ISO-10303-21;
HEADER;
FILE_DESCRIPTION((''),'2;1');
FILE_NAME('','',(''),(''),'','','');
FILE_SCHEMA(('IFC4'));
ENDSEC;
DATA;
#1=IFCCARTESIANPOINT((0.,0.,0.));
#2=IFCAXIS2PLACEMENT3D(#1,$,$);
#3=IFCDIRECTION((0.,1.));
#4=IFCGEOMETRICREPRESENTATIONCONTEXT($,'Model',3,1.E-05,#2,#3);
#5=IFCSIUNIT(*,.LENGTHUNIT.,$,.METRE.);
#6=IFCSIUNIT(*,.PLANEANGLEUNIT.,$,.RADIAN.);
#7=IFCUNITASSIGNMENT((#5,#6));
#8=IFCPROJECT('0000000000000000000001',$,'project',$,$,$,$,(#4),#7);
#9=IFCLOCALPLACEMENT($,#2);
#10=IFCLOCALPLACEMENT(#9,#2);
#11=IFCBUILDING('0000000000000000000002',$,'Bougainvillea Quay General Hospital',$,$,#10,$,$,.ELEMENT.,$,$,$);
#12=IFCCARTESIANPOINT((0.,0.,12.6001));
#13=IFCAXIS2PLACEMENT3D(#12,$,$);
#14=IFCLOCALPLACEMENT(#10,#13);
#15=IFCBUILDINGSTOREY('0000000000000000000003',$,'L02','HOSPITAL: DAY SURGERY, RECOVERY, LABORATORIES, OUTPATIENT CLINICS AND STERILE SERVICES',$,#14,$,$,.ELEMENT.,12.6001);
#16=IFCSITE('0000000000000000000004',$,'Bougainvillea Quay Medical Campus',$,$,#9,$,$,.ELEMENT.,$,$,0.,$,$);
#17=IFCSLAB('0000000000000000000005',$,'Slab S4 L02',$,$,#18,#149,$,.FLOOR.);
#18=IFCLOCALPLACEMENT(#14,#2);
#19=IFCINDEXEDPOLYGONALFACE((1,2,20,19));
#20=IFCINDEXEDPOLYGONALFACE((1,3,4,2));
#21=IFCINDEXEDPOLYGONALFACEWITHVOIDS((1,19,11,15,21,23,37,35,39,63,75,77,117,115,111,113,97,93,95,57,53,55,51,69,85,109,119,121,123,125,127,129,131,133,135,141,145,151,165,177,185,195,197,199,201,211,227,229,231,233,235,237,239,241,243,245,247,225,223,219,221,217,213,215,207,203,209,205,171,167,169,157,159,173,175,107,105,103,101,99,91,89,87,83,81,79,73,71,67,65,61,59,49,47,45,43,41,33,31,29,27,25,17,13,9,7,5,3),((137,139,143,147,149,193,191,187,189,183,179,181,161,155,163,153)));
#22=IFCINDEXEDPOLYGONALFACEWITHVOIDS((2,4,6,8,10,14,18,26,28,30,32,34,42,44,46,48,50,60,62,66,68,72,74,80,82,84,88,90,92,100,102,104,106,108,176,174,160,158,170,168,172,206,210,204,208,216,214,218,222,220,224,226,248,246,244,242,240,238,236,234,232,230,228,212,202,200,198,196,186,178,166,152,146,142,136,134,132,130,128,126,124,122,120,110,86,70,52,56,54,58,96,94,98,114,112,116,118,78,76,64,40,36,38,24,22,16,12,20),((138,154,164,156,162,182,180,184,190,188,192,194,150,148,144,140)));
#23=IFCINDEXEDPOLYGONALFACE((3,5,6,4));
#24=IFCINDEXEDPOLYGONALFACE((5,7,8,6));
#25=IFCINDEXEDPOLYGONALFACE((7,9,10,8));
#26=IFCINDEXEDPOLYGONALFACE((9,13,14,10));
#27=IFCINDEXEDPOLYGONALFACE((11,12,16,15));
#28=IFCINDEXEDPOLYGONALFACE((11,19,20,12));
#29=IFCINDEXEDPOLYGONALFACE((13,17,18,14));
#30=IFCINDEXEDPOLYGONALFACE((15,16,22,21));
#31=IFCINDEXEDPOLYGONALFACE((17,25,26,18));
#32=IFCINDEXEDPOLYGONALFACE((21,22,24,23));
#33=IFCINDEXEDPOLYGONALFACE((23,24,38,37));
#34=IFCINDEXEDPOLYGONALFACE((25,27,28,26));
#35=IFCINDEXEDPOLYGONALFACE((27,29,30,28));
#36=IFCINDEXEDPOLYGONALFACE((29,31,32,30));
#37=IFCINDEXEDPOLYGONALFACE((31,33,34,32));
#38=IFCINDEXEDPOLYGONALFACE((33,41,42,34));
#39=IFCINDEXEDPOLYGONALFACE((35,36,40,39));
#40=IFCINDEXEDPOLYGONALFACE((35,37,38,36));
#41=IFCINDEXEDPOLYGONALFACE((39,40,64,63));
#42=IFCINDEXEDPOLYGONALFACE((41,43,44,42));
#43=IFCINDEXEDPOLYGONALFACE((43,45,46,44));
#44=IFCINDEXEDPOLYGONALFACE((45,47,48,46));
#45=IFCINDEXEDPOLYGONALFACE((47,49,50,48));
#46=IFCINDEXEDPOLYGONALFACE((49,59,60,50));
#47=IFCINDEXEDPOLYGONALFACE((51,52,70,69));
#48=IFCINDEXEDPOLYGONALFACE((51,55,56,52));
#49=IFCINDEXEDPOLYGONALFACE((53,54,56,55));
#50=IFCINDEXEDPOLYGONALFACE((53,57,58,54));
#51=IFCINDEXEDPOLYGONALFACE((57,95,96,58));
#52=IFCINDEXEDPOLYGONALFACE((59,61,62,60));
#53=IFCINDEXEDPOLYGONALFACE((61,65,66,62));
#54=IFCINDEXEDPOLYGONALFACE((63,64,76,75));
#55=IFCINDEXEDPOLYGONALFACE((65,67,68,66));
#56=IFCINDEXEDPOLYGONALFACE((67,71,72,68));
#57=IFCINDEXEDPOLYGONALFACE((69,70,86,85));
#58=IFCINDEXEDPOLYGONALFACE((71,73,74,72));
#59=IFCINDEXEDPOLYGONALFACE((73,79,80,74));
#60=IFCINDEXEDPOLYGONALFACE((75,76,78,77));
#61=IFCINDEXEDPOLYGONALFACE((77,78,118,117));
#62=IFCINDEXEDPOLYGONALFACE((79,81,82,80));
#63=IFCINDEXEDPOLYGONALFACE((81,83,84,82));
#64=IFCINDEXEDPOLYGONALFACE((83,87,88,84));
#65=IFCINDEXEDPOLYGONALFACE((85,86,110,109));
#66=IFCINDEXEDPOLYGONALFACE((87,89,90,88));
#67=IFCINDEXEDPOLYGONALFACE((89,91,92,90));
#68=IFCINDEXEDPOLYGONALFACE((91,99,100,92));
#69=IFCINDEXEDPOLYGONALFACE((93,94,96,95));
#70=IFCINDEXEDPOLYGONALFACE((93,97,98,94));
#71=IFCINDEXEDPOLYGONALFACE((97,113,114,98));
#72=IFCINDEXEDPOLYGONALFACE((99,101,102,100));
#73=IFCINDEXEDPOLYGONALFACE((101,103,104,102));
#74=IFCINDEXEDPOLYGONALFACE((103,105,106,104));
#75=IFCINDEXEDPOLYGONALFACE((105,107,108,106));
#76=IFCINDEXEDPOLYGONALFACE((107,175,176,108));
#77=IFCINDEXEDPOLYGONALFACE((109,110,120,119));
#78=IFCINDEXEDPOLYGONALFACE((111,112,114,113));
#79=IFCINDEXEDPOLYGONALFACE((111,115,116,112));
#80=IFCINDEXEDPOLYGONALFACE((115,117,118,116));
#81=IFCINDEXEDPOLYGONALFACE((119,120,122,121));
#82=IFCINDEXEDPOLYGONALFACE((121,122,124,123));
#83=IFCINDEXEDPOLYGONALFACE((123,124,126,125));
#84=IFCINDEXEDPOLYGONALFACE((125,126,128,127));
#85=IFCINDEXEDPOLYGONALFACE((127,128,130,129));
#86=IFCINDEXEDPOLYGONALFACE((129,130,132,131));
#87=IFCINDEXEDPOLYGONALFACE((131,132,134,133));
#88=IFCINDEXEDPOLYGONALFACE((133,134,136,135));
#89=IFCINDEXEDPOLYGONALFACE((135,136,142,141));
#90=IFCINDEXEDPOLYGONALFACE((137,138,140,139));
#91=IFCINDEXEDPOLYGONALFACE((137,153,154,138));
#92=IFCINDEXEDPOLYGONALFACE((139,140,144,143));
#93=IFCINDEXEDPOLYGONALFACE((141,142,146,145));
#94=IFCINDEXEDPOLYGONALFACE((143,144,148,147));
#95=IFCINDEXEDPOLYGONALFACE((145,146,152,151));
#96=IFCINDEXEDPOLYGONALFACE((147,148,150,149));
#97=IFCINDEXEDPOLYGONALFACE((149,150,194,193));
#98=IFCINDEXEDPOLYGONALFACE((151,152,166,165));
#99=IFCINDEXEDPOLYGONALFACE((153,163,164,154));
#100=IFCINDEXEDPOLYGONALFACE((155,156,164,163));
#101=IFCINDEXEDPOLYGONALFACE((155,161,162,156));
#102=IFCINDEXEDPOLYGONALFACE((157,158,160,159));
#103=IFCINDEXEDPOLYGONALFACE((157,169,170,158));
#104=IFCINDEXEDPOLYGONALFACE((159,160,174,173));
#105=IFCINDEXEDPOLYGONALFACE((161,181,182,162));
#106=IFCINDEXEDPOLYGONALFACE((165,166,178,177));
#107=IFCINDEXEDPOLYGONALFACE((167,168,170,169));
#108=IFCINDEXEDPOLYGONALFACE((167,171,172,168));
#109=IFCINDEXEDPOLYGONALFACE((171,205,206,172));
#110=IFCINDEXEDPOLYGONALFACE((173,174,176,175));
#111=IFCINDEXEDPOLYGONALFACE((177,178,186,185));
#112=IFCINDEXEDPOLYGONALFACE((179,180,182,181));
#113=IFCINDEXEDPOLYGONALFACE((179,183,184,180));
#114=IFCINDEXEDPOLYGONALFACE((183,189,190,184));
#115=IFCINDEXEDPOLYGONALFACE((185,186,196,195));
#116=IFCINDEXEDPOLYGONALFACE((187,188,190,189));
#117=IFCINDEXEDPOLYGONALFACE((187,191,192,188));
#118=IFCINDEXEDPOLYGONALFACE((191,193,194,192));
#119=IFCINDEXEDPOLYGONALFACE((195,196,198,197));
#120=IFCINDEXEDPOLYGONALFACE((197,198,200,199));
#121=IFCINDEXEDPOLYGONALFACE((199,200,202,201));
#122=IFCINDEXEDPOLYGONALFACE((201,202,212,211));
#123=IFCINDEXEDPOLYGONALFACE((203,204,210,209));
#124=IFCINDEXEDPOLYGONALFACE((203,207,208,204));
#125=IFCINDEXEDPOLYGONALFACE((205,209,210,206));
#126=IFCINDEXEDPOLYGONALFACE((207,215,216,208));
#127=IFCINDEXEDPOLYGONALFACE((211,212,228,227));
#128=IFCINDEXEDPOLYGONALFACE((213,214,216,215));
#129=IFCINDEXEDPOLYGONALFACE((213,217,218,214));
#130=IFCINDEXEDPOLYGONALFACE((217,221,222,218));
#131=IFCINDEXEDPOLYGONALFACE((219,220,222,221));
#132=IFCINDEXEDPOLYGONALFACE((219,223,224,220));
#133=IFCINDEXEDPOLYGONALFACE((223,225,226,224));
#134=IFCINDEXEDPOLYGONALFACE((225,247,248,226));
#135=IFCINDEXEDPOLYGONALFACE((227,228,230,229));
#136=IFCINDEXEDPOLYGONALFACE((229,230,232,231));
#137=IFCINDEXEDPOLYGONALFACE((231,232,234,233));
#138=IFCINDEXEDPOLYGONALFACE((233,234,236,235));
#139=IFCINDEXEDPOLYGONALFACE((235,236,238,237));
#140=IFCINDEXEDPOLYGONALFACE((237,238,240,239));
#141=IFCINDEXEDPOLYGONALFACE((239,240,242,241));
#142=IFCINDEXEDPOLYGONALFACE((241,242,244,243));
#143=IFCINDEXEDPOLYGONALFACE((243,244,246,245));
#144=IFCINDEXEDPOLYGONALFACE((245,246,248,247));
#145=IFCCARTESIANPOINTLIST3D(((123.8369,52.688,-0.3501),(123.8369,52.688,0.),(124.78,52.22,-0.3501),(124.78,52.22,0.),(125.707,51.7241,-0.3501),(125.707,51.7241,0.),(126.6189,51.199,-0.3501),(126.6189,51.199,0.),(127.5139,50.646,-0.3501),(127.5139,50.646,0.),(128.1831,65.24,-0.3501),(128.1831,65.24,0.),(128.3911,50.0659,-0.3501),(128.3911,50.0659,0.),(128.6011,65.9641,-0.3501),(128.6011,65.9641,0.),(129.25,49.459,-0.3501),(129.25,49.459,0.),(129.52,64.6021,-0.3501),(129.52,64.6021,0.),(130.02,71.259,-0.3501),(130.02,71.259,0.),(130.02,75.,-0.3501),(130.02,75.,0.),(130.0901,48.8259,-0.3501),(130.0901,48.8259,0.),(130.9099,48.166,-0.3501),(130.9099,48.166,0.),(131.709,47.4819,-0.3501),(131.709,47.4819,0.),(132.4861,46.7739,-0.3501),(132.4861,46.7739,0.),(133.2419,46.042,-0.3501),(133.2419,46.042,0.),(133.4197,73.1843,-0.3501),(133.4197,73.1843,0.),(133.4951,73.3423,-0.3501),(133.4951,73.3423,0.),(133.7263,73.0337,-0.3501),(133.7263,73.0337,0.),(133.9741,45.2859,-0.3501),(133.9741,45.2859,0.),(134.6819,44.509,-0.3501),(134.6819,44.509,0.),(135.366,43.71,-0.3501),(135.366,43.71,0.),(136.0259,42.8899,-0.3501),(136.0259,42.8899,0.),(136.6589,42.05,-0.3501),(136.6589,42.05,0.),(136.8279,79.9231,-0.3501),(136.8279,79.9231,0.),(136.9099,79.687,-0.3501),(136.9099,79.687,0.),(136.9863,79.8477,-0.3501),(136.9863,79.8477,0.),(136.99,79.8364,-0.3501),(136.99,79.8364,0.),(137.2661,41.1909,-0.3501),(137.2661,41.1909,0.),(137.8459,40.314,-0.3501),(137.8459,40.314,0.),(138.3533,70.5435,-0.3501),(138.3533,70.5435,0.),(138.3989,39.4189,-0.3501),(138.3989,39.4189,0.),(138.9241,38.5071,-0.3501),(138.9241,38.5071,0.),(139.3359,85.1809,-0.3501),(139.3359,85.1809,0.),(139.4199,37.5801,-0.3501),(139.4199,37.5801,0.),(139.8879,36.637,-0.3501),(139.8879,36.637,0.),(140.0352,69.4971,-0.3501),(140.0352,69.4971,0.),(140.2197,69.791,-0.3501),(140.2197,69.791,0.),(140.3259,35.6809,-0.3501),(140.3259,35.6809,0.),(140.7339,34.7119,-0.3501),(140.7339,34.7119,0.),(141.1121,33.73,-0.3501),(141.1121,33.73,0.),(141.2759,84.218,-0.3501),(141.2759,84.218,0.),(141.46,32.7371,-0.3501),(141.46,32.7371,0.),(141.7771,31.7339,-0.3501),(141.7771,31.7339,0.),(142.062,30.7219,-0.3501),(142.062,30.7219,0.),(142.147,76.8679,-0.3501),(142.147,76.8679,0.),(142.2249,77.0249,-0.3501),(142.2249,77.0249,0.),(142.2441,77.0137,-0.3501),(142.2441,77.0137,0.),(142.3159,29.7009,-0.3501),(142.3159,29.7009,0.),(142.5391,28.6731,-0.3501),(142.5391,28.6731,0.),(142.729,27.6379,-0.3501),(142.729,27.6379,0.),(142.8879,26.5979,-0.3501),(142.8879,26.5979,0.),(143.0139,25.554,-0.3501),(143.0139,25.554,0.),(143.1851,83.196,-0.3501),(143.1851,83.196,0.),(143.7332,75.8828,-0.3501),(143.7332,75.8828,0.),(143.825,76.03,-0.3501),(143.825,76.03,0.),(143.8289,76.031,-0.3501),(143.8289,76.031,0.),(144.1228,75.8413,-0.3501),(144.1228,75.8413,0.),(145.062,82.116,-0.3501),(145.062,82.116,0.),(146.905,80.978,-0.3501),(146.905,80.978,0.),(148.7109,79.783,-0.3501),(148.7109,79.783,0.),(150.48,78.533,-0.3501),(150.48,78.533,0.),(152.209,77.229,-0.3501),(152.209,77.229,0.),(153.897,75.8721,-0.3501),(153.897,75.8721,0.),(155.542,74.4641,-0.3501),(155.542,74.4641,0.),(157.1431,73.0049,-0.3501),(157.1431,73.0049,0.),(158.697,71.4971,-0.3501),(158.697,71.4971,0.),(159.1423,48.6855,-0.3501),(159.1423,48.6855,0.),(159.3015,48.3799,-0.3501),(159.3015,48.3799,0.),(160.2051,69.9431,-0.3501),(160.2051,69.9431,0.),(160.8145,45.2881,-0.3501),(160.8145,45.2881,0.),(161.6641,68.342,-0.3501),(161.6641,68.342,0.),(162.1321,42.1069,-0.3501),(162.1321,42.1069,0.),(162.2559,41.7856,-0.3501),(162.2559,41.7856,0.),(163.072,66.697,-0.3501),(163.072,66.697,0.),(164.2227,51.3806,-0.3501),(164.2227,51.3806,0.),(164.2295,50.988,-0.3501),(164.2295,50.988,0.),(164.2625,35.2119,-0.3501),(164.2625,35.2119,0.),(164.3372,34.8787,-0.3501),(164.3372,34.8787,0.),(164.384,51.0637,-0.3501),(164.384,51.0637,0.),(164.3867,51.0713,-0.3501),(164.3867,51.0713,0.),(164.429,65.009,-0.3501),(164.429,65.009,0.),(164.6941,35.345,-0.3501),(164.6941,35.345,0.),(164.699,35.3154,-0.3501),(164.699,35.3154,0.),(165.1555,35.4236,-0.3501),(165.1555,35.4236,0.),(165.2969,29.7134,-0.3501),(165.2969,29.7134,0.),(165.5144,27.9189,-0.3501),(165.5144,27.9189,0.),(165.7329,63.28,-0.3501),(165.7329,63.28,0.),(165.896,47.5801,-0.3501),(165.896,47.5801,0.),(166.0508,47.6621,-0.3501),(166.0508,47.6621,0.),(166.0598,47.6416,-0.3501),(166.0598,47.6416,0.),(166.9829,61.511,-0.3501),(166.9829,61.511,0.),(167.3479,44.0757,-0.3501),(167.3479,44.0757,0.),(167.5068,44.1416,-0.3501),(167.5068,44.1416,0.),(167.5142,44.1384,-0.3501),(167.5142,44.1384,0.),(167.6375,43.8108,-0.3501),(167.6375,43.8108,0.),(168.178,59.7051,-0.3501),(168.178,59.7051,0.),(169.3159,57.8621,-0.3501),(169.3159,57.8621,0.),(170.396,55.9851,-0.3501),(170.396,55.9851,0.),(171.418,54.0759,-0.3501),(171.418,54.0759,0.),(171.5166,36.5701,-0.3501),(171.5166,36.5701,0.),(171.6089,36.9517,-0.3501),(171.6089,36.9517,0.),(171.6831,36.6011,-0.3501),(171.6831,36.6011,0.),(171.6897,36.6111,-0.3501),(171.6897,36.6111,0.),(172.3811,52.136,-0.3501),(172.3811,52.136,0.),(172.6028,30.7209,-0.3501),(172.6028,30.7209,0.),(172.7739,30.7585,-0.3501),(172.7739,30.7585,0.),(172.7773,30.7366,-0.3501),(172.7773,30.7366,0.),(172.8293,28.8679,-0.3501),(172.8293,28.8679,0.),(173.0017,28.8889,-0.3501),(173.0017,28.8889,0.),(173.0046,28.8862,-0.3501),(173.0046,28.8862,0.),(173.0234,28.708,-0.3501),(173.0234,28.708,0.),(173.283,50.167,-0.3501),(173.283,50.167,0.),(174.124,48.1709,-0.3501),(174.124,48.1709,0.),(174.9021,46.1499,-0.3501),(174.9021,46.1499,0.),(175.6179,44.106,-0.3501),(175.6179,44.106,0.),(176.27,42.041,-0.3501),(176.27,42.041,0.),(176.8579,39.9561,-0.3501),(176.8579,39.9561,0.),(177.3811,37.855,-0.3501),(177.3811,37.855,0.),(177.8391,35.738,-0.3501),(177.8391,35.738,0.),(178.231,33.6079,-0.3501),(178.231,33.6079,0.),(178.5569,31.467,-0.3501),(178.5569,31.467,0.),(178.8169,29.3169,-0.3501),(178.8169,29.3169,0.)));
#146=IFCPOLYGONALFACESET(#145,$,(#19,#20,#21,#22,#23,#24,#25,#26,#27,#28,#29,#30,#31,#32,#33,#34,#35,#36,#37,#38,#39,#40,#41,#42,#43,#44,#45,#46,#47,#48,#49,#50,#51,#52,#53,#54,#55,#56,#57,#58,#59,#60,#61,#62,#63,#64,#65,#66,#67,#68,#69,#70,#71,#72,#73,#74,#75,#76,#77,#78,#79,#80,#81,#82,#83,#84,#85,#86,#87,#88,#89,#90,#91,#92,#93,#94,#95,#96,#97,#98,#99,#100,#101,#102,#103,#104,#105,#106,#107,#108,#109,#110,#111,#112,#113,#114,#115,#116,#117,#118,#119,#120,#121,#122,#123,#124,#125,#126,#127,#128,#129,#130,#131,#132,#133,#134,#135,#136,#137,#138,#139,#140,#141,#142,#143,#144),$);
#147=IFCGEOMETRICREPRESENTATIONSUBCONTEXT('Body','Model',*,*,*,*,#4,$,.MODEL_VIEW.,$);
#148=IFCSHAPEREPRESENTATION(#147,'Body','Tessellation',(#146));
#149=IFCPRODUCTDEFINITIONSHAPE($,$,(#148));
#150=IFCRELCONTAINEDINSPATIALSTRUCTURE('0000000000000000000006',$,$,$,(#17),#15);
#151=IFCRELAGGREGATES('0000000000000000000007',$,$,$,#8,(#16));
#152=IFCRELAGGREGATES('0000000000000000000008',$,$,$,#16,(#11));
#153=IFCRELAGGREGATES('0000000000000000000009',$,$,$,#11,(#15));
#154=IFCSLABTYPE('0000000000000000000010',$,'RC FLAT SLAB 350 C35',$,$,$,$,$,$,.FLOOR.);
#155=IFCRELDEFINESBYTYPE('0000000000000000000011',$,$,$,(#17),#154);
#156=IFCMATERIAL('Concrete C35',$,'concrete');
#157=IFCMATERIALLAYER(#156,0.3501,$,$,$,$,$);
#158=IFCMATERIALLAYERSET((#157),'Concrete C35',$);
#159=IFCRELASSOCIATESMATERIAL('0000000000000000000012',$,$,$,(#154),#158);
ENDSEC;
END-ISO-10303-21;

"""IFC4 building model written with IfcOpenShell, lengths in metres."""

from ifc_helpers import new_model, si_unit, direction, frame, origin, place, context, subcontext, project, spatial, polyline, outline, extrude, material, layer, layer_set, type_object, element, save


model = new_model("IFC4")

# Units and contexts
model_context = context("Model", 3, precision=1e-05, world=origin(), true_north=direction((0.0, 1.0)))
body_context = subcontext(model_context, "Body", "Model", "MODEL_VIEW")
ifc_project = project(units=[si_unit("LENGTHUNIT", "METRE"), si_unit("PLANEANGLEUNIT", "RADIAN")], contexts=[model_context])

# Site, building, storey
site_placement = place(None, origin())
site = spatial("IfcSite", under=ifc_project, at=site_placement, Name="Bougainvillea Quay Medical Campus", CompositionType="ELEMENT", RefElevation=0.0)
building_placement = place(site_placement, origin())
building = spatial("IfcBuilding", under=site, at=building_placement, Name="Bougainvillea Quay General Hospital", CompositionType="ELEMENT")
storey_placement = place(building_placement, frame((0.0, 0.0, 12.6001)))
storey = spatial("IfcBuildingStorey", under=building, at=storey_placement, Name="L02", Description="HOSPITAL: DAY SURGERY, RECOVERY, LABORATORIES, OUTPATIENT CLINICS AND STERILE SERVICES", CompositionType="ELEMENT", Elevation=12.6001)

# Slab
ifc_material_1 = material(Name="Concrete C35", Category="concrete")
ifc_layer_1 = layer(ifc_material_1, 0.3501)
ifc_layer_set_1 = layer_set([ifc_layer_1], Name="Concrete C35")
slab_type_1 = type_object("IfcSlabType", Name="RC FLAT SLAB 350 C35", PredefinedType="FLOOR", material=ifc_layer_set_1)
slab_1_placement = place(storey_placement, frame((0.0, 0.0, -0.3501)))
element("IfcSlab", 1, at=slab_1_placement, inside=storey, type_object=slab_type_1, Name="Slab S4 L02", PredefinedType="FLOOR", context=body_context, shape_type="SweptSolid", body=[
    extrude(outline(polyline([(166.9829, 61.511), (168.178, 59.7051), (169.3159, 57.8621), (170.396, 55.9851), (171.418, 54.0759), (172.3811, 52.136), (173.283, 50.167), (174.124, 48.1709), (174.9021, 46.1499), (175.6179, 44.106), (176.27, 42.041), (176.8579, 39.9561), (177.3811, 37.855), (177.8391, 35.738), (178.231, 33.6079), (178.5569, 31.467), (178.8169, 29.3169), (173.0234, 28.708), (173.0046, 28.8862), (172.8293, 28.8679), (173.0017, 28.8889), (172.7773, 30.7366), (172.6028, 30.7209), (172.7739, 30.7585), (171.6831, 36.6011), (171.5166, 36.5701), (171.6897, 36.6111), (171.6089, 36.9517), (165.1555, 35.4236), (164.6941, 35.345), (164.6941, 35.345), (164.699, 35.3154), (164.2625, 35.2119), (164.3372, 34.8787), (165.2969, 29.7134), (165.5144, 27.9189), (143.0139, 25.554), (142.8879, 26.5979), (142.729, 27.6379), (142.5391, 28.6731), (142.3159, 29.7009), (142.062, 30.7219), (141.7771, 31.7339), (141.46, 32.7371), (141.1121, 33.73), (140.7339, 34.7119), (140.3259, 35.6809), (139.8879, 36.637), (139.4199, 37.5801), (138.9241, 38.5071), (138.3989, 39.4189), (137.8459, 40.314), (137.2661, 41.1909), (136.6589, 42.05), (136.0259, 42.8899), (135.366, 43.71), (134.6819, 44.509), (133.9741, 45.2859), (133.2419, 46.042), (132.4861, 46.7739), (131.709, 47.4819), (130.9099, 48.166), (130.0901, 48.8259), (129.25, 49.459), (128.3911, 50.0659), (127.5139, 50.646), (126.6189, 51.199), (125.707, 51.7241), (124.78, 52.22), (123.8369, 52.688), (129.52, 64.6021), (128.1831, 65.24), (128.6011, 65.9641), (130.02, 71.259), (130.02, 75.0), (133.4951, 73.3423), (133.4197, 73.1843), (133.7263, 73.0337), (138.3533, 70.5435), (140.0352, 69.4971), (140.2197, 69.791), (144.1228, 75.8413), (143.8289, 76.031), (143.7332, 75.8828), (143.825, 76.03), (142.2441, 77.0137), (142.147, 76.8679), (142.2249, 77.0249), (136.99, 79.8364), (136.9099, 79.687), (136.9863, 79.8477), (136.8279, 79.9231), (139.3359, 85.1809), (141.2759, 84.218), (143.1851, 83.196), (145.062, 82.116), (146.905, 80.978), (148.7109, 79.783), (150.48, 78.533), (152.209, 77.229), (153.897, 75.8721), (155.542, 74.4641), (157.1431, 73.0049), (158.697, 71.4971), (160.2051, 69.9431), (161.6641, 68.342), (163.072, 66.697), (164.429, 65.009), (165.7329, 63.28), (166.9829, 61.511)]), holes=[polyline([(162.1321, 42.1069), (162.2559, 41.7856), (167.6375, 43.8108), (167.5142, 44.1384), (167.3479, 44.0757), (167.5068, 44.1416), (166.0598, 47.6416), (165.896, 47.5801), (166.0508, 47.6621), (164.384, 51.0637), (164.2295, 50.988), (164.3867, 51.0713), (164.2227, 51.3806), (159.1423, 48.6855), (159.3015, 48.3799), (160.8145, 45.2881), (162.1321, 42.1069)])]), origin(), (0.0, 0.0, 1.0), 0.3501),
])

save(model, "model.ifc")
